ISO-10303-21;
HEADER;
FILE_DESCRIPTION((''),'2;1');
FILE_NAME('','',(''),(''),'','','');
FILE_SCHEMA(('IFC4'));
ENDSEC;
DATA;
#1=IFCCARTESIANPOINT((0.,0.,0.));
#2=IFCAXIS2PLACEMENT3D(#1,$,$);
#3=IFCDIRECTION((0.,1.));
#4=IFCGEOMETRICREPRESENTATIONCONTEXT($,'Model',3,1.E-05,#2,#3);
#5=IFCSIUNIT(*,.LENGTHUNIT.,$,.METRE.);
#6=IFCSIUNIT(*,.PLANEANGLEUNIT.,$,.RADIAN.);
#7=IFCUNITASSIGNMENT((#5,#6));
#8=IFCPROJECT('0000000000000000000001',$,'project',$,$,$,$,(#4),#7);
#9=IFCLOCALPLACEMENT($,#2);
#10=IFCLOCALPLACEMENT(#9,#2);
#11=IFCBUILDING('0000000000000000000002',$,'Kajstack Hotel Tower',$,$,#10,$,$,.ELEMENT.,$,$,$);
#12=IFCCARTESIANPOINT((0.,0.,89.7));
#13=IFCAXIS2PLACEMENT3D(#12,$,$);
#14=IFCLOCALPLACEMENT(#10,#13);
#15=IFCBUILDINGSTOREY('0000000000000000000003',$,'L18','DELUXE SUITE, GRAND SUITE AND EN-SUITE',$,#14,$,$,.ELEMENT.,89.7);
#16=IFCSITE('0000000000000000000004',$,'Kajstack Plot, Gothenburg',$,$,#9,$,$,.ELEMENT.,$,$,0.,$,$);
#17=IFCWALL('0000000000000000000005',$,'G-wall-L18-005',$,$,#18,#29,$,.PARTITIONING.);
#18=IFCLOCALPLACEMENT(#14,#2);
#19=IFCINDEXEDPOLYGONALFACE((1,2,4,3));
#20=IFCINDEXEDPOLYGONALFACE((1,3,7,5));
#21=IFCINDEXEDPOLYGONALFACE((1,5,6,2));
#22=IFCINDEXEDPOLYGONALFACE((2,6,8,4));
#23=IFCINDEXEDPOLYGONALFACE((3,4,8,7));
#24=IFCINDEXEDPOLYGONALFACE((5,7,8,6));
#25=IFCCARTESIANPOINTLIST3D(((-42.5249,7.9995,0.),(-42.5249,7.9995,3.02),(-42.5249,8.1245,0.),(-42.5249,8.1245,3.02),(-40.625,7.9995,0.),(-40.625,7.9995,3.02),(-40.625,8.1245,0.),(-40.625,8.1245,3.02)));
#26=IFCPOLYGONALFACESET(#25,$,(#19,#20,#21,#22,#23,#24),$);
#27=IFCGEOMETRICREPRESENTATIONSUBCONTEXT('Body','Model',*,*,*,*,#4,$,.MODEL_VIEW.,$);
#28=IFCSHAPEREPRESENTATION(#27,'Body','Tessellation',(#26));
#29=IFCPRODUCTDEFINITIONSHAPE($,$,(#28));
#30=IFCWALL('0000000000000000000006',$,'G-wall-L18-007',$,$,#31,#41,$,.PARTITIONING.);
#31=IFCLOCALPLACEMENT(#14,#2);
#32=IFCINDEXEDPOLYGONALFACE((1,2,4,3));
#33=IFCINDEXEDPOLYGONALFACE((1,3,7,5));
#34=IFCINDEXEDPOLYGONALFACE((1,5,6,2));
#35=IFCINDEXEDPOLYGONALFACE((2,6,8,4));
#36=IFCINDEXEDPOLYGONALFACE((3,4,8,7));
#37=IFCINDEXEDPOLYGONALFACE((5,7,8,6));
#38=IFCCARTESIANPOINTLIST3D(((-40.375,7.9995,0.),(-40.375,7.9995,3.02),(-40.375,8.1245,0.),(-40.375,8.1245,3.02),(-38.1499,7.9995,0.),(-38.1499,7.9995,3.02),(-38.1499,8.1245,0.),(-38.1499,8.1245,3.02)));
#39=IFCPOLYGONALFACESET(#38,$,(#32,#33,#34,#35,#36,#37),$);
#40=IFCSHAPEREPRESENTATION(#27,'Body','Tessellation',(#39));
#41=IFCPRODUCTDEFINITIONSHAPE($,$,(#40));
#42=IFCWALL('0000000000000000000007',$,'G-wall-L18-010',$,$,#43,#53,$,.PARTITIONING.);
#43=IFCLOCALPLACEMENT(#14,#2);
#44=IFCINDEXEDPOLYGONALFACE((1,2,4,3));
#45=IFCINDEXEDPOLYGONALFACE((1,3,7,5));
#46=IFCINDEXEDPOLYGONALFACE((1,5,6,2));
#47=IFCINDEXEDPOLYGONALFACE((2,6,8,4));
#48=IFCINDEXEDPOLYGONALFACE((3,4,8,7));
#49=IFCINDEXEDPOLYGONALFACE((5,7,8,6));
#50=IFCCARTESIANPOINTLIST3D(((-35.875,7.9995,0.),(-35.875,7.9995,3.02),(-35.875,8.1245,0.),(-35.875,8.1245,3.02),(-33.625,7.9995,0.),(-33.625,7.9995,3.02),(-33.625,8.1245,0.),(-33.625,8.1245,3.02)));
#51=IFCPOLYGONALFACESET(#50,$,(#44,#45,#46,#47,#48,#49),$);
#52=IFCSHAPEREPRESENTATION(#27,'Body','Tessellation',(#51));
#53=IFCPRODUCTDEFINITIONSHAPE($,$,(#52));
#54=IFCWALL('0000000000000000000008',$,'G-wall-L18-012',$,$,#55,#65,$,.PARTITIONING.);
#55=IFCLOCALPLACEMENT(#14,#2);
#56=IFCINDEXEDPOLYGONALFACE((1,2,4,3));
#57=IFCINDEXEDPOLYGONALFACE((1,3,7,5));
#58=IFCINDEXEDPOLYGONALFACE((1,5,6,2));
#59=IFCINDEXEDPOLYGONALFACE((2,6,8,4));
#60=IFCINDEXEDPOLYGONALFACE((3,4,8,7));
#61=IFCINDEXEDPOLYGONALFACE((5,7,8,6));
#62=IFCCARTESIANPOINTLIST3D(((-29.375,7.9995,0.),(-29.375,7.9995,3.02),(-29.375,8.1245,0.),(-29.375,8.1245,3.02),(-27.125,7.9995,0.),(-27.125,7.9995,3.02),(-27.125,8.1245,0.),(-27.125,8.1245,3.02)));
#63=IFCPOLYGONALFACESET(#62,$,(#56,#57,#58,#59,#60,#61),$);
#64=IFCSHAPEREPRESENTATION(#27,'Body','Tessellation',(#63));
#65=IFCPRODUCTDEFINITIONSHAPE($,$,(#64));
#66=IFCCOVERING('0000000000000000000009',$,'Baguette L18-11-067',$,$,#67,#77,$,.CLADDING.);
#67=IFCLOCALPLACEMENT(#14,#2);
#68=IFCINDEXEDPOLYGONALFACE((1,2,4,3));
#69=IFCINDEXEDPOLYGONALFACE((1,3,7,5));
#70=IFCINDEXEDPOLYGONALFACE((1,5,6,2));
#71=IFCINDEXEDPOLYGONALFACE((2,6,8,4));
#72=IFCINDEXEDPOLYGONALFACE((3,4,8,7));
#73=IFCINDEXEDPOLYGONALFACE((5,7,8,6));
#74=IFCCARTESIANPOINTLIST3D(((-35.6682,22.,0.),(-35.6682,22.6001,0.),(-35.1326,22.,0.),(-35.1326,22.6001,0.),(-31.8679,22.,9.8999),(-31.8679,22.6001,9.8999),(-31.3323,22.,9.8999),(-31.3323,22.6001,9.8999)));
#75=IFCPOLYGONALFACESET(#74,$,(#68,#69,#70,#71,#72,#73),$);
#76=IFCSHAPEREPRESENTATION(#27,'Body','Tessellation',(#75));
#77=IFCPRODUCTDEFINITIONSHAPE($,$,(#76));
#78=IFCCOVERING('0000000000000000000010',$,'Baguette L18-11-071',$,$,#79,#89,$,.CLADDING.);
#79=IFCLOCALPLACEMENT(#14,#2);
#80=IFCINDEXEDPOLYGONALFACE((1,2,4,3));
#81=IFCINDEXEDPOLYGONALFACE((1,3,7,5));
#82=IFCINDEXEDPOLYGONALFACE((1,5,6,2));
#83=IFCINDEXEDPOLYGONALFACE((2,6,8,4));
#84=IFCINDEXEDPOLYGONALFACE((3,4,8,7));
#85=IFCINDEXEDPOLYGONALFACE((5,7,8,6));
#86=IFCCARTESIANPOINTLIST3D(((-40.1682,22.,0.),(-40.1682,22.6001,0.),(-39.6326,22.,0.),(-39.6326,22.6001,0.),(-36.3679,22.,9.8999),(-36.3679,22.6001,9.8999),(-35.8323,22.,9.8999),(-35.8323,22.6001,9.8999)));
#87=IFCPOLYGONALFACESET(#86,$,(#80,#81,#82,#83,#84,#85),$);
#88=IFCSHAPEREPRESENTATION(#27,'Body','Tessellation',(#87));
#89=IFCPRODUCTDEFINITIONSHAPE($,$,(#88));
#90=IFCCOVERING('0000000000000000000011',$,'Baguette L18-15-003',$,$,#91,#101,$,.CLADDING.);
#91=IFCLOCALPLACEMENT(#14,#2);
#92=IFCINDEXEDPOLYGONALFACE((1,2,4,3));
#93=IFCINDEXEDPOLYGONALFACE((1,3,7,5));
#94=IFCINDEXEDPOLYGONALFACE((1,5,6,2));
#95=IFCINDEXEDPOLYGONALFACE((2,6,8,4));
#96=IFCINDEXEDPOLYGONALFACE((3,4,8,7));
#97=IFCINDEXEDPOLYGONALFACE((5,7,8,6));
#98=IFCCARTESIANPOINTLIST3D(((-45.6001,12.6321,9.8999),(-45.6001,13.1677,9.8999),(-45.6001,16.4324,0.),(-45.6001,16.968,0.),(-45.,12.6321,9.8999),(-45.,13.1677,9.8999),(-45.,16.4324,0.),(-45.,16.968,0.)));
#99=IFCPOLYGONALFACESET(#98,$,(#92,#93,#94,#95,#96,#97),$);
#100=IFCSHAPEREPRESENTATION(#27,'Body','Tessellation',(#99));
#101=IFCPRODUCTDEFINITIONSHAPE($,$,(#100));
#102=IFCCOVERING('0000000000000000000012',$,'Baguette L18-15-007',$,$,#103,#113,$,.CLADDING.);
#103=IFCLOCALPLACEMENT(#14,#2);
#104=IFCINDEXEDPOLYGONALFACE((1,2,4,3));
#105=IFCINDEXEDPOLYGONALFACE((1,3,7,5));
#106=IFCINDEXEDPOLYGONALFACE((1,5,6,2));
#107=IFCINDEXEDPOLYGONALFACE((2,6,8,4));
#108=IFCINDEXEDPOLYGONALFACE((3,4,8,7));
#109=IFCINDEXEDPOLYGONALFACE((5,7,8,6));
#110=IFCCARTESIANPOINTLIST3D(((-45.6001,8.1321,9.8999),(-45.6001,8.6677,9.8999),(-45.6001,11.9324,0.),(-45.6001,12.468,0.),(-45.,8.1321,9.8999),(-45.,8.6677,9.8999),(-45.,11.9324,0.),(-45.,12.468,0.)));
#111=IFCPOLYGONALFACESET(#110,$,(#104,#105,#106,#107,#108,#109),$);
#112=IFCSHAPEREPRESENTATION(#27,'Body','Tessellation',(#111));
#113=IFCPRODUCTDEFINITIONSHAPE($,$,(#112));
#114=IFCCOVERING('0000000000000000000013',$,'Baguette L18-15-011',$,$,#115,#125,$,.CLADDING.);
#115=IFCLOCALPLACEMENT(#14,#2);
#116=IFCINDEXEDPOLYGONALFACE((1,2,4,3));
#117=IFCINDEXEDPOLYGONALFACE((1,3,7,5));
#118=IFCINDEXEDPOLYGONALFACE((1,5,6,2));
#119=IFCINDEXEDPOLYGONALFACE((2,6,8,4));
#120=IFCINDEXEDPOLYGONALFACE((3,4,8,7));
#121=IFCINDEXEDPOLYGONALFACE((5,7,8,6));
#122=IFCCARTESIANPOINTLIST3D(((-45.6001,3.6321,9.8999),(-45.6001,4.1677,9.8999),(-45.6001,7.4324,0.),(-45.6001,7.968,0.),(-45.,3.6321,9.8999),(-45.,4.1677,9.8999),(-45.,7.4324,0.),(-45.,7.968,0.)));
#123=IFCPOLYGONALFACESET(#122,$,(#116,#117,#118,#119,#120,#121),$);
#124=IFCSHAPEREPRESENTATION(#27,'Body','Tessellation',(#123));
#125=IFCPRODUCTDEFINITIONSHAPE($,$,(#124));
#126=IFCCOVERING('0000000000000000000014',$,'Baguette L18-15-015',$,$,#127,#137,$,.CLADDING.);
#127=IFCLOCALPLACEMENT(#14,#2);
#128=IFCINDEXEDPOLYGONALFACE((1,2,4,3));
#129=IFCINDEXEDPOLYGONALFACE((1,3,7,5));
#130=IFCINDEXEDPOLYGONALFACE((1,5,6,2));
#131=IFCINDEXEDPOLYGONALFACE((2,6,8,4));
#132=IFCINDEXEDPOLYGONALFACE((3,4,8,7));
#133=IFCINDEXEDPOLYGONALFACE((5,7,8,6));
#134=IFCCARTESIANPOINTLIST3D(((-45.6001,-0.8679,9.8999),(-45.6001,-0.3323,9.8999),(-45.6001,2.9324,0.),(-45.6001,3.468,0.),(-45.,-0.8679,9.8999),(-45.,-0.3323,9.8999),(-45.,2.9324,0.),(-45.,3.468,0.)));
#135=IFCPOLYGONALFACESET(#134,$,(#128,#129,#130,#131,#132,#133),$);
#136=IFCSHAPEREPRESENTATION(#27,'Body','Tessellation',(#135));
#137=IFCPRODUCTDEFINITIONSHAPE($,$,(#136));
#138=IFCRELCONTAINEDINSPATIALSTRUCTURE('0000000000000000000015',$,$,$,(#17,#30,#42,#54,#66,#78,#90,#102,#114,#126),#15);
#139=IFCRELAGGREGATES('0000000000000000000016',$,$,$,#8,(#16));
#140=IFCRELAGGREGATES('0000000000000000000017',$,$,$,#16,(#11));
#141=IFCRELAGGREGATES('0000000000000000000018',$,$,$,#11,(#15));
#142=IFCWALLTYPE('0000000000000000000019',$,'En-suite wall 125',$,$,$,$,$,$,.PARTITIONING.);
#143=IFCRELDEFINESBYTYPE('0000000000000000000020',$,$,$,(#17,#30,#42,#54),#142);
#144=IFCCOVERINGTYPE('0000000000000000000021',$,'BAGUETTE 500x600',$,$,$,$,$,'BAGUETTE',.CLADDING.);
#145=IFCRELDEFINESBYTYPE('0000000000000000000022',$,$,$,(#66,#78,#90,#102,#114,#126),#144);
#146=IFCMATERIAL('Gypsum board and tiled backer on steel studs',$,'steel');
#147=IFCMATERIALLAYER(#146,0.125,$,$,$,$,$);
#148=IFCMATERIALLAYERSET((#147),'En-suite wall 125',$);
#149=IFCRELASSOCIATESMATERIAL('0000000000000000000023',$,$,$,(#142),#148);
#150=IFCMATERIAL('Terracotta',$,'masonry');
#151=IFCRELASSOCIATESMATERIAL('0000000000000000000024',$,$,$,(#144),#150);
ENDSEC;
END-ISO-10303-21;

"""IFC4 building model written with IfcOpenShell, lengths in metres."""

from ifc_helpers import new_model, si_unit, direction, frame, frame_2d, origin, origin_2d, place, context, subcontext, project, spatial, polyline, rectangle, outline, extrude, material, layer, layer_set, material_profile, profile_set, type_object, element, save


model = new_model("IFC4")

# Units and contexts
model_context = context("Model", 3, precision=1e-05, world=origin(), true_north=direction((0.0, 1.0)))
body_context = subcontext(model_context, "Body", "Model", "MODEL_VIEW")
ifc_project = project(units=[si_unit("LENGTHUNIT", "METRE"), si_unit("PLANEANGLEUNIT", "RADIAN")], contexts=[model_context])

# Site, building, storey
site_placement = place(None, origin())
site = spatial("IfcSite", under=ifc_project, at=site_placement, Name="Kajstack Plot, Gothenburg", CompositionType="ELEMENT", RefElevation=0.0)
building_placement = place(site_placement, origin())
building = spatial("IfcBuilding", under=site, at=building_placement, Name="Kajstack Hotel Tower", CompositionType="ELEMENT")
storey_placement = place(building_placement, frame((0.0, 0.0, 89.7)))
storey = spatial("IfcBuildingStorey", under=building, at=storey_placement, Name="L18", Description="DELUXE SUITE, GRAND SUITE AND EN-SUITE", CompositionType="ELEMENT", Elevation=89.7)

# Walls
ifc_material_1 = material(Name="Gypsum board and tiled backer on steel studs", Category="steel")
ifc_layer_1 = layer(ifc_material_1, 0.125)
ifc_layer_set_1 = layer_set([ifc_layer_1], Name="En-suite wall 125")
wall_type_1 = type_object("IfcWallType", Name="En-suite wall 125", PredefinedType="PARTITIONING", material=ifc_layer_set_1)
wall_1_placement = place(storey_placement, frame((-42.5249, 8.062, 0.0), z_axis=(0.0, 0.0, 1.0), x_axis=(1.0, 0.0, 0.0)))
element("IfcWall", 1, at=wall_1_placement, inside=storey, type_object=wall_type_1, Name="G-wall-L18-005", PredefinedType="PARTITIONING", context=body_context, shape_type="SweptSolid", body=[
    extrude(rectangle(XDim=1.8999, YDim=0.125, at=frame_2d((0.95, 0.0))), origin(), (0.0, 0.0, 1.0), 3.02),
])
wall_2_placement = place(storey_placement, frame((-40.375, 8.062, 0.0), z_axis=(0.0, 0.0, 1.0), x_axis=(1.0, 0.0, 0.0)))
element("IfcWall", 2, at=wall_2_placement, inside=storey, type_object=wall_type_1, Name="G-wall-L18-007", PredefinedType="PARTITIONING", context=body_context, shape_type="SweptSolid", body=[
    extrude(rectangle(XDim=2.2251, YDim=0.125, at=frame_2d((1.1125, 0.0))), origin(), (0.0, 0.0, 1.0), 3.02),
])
for number, where, z_axis, x_axis, name in (
    (3, (-35.875, 8.062, 0.0), (0.0, 0.0, 1.0), (1.0, 0.0, 0.0), "G-wall-L18-010"),
    (4, (-29.375, 8.062, 0.0), (0.0, 0.0, 1.0), (1.0, 0.0, 0.0), "G-wall-L18-012"),
):
    element("IfcWall", number, at=place(storey_placement, frame(where, z_axis=z_axis, x_axis=x_axis)), inside=storey, type_object=wall_type_1, Name=name, PredefinedType="PARTITIONING", context=body_context, shape_type="SweptSolid", body=[
        extrude(rectangle(XDim=2.25, YDim=0.125, at=frame_2d((1.125, 0.0))), origin(), (0.0, 0.0, 1.0), 3.02),
    ])

# Coverings
ifc_material_2 = material(Name="Terracotta", Category="masonry")
ifc_material_profile = material_profile(ifc_material_2, rectangle(XDim=0.6001, YDim=0.5, at=origin_2d()), Name="Terracotta-clad concrete baguette 500 x 600")
ifc_profile_set = profile_set([ifc_material_profile], Name="Terracotta")
covering_type = type_object("IfcCoveringType", Name="BAGUETTE 500x600", ElementType="BAGUETTE", PredefinedType="CLADDING", material=ifc_profile_set)
for number, where, z_axis, x_axis, name in (
    (5, (-31.3323, 22.0, 0.0), (0.0, 1.0, 0.0), (-1.0, 0.0, 0.0), "Baguette L18-11-067"),
    (6, (-35.8323, 22.0, 0.0), (0.0, 1.0, 0.0), (-1.0, 0.0, 0.0), "Baguette L18-11-071"),
):
    element("IfcCovering", number, at=place(storey_placement, frame(where, z_axis=z_axis, x_axis=x_axis)), inside=storey, type_object=covering_type, Name=name, PredefinedType="CLADDING", context=body_context, shape_type="SweptSolid", body=[
        extrude(outline(polyline([(0.0, 9.8999), (3.8003, 0.0), (4.3359, 0.0), (0.5356, 9.8999), (0.0, 9.8999)])), origin(), (0.0, 0.0, 1.0), 0.6001),
    ])
for number, where, z_axis, x_axis, name in (
    (7, (-45.0, 16.968, 0.0), (-1.0, 0.0, 0.0), (0.0, -1.0, 0.0), "Baguette L18-15-003"),
    (8, (-45.0, 12.468, 0.0), (-1.0, 0.0, 0.0), (0.0, -1.0, 0.0), "Baguette L18-15-007"),
    (9, (-45.0, 7.968, 0.0), (-1.0, 0.0, 0.0), (0.0, -1.0, 0.0), "Baguette L18-15-011"),
    (10, (-45.0, 3.468, 0.0), (-1.0, 0.0, 0.0), (0.0, -1.0, 0.0), "Baguette L18-15-015"),
):
    element("IfcCovering", number, at=place(storey_placement, frame(where, z_axis=z_axis, x_axis=x_axis)), inside=storey, type_object=covering_type, Name=name, PredefinedType="CLADDING", context=body_context, shape_type="SweptSolid", body=[
        extrude(outline(polyline([(3.8003, 9.8999), (0.0, 0.0), (0.5356, 0.0), (4.3359, 9.8999), (3.8003, 9.8999)])), origin(), (0.0, 0.0, 1.0), 0.6001),
    ])

save(model, "model.ifc")
